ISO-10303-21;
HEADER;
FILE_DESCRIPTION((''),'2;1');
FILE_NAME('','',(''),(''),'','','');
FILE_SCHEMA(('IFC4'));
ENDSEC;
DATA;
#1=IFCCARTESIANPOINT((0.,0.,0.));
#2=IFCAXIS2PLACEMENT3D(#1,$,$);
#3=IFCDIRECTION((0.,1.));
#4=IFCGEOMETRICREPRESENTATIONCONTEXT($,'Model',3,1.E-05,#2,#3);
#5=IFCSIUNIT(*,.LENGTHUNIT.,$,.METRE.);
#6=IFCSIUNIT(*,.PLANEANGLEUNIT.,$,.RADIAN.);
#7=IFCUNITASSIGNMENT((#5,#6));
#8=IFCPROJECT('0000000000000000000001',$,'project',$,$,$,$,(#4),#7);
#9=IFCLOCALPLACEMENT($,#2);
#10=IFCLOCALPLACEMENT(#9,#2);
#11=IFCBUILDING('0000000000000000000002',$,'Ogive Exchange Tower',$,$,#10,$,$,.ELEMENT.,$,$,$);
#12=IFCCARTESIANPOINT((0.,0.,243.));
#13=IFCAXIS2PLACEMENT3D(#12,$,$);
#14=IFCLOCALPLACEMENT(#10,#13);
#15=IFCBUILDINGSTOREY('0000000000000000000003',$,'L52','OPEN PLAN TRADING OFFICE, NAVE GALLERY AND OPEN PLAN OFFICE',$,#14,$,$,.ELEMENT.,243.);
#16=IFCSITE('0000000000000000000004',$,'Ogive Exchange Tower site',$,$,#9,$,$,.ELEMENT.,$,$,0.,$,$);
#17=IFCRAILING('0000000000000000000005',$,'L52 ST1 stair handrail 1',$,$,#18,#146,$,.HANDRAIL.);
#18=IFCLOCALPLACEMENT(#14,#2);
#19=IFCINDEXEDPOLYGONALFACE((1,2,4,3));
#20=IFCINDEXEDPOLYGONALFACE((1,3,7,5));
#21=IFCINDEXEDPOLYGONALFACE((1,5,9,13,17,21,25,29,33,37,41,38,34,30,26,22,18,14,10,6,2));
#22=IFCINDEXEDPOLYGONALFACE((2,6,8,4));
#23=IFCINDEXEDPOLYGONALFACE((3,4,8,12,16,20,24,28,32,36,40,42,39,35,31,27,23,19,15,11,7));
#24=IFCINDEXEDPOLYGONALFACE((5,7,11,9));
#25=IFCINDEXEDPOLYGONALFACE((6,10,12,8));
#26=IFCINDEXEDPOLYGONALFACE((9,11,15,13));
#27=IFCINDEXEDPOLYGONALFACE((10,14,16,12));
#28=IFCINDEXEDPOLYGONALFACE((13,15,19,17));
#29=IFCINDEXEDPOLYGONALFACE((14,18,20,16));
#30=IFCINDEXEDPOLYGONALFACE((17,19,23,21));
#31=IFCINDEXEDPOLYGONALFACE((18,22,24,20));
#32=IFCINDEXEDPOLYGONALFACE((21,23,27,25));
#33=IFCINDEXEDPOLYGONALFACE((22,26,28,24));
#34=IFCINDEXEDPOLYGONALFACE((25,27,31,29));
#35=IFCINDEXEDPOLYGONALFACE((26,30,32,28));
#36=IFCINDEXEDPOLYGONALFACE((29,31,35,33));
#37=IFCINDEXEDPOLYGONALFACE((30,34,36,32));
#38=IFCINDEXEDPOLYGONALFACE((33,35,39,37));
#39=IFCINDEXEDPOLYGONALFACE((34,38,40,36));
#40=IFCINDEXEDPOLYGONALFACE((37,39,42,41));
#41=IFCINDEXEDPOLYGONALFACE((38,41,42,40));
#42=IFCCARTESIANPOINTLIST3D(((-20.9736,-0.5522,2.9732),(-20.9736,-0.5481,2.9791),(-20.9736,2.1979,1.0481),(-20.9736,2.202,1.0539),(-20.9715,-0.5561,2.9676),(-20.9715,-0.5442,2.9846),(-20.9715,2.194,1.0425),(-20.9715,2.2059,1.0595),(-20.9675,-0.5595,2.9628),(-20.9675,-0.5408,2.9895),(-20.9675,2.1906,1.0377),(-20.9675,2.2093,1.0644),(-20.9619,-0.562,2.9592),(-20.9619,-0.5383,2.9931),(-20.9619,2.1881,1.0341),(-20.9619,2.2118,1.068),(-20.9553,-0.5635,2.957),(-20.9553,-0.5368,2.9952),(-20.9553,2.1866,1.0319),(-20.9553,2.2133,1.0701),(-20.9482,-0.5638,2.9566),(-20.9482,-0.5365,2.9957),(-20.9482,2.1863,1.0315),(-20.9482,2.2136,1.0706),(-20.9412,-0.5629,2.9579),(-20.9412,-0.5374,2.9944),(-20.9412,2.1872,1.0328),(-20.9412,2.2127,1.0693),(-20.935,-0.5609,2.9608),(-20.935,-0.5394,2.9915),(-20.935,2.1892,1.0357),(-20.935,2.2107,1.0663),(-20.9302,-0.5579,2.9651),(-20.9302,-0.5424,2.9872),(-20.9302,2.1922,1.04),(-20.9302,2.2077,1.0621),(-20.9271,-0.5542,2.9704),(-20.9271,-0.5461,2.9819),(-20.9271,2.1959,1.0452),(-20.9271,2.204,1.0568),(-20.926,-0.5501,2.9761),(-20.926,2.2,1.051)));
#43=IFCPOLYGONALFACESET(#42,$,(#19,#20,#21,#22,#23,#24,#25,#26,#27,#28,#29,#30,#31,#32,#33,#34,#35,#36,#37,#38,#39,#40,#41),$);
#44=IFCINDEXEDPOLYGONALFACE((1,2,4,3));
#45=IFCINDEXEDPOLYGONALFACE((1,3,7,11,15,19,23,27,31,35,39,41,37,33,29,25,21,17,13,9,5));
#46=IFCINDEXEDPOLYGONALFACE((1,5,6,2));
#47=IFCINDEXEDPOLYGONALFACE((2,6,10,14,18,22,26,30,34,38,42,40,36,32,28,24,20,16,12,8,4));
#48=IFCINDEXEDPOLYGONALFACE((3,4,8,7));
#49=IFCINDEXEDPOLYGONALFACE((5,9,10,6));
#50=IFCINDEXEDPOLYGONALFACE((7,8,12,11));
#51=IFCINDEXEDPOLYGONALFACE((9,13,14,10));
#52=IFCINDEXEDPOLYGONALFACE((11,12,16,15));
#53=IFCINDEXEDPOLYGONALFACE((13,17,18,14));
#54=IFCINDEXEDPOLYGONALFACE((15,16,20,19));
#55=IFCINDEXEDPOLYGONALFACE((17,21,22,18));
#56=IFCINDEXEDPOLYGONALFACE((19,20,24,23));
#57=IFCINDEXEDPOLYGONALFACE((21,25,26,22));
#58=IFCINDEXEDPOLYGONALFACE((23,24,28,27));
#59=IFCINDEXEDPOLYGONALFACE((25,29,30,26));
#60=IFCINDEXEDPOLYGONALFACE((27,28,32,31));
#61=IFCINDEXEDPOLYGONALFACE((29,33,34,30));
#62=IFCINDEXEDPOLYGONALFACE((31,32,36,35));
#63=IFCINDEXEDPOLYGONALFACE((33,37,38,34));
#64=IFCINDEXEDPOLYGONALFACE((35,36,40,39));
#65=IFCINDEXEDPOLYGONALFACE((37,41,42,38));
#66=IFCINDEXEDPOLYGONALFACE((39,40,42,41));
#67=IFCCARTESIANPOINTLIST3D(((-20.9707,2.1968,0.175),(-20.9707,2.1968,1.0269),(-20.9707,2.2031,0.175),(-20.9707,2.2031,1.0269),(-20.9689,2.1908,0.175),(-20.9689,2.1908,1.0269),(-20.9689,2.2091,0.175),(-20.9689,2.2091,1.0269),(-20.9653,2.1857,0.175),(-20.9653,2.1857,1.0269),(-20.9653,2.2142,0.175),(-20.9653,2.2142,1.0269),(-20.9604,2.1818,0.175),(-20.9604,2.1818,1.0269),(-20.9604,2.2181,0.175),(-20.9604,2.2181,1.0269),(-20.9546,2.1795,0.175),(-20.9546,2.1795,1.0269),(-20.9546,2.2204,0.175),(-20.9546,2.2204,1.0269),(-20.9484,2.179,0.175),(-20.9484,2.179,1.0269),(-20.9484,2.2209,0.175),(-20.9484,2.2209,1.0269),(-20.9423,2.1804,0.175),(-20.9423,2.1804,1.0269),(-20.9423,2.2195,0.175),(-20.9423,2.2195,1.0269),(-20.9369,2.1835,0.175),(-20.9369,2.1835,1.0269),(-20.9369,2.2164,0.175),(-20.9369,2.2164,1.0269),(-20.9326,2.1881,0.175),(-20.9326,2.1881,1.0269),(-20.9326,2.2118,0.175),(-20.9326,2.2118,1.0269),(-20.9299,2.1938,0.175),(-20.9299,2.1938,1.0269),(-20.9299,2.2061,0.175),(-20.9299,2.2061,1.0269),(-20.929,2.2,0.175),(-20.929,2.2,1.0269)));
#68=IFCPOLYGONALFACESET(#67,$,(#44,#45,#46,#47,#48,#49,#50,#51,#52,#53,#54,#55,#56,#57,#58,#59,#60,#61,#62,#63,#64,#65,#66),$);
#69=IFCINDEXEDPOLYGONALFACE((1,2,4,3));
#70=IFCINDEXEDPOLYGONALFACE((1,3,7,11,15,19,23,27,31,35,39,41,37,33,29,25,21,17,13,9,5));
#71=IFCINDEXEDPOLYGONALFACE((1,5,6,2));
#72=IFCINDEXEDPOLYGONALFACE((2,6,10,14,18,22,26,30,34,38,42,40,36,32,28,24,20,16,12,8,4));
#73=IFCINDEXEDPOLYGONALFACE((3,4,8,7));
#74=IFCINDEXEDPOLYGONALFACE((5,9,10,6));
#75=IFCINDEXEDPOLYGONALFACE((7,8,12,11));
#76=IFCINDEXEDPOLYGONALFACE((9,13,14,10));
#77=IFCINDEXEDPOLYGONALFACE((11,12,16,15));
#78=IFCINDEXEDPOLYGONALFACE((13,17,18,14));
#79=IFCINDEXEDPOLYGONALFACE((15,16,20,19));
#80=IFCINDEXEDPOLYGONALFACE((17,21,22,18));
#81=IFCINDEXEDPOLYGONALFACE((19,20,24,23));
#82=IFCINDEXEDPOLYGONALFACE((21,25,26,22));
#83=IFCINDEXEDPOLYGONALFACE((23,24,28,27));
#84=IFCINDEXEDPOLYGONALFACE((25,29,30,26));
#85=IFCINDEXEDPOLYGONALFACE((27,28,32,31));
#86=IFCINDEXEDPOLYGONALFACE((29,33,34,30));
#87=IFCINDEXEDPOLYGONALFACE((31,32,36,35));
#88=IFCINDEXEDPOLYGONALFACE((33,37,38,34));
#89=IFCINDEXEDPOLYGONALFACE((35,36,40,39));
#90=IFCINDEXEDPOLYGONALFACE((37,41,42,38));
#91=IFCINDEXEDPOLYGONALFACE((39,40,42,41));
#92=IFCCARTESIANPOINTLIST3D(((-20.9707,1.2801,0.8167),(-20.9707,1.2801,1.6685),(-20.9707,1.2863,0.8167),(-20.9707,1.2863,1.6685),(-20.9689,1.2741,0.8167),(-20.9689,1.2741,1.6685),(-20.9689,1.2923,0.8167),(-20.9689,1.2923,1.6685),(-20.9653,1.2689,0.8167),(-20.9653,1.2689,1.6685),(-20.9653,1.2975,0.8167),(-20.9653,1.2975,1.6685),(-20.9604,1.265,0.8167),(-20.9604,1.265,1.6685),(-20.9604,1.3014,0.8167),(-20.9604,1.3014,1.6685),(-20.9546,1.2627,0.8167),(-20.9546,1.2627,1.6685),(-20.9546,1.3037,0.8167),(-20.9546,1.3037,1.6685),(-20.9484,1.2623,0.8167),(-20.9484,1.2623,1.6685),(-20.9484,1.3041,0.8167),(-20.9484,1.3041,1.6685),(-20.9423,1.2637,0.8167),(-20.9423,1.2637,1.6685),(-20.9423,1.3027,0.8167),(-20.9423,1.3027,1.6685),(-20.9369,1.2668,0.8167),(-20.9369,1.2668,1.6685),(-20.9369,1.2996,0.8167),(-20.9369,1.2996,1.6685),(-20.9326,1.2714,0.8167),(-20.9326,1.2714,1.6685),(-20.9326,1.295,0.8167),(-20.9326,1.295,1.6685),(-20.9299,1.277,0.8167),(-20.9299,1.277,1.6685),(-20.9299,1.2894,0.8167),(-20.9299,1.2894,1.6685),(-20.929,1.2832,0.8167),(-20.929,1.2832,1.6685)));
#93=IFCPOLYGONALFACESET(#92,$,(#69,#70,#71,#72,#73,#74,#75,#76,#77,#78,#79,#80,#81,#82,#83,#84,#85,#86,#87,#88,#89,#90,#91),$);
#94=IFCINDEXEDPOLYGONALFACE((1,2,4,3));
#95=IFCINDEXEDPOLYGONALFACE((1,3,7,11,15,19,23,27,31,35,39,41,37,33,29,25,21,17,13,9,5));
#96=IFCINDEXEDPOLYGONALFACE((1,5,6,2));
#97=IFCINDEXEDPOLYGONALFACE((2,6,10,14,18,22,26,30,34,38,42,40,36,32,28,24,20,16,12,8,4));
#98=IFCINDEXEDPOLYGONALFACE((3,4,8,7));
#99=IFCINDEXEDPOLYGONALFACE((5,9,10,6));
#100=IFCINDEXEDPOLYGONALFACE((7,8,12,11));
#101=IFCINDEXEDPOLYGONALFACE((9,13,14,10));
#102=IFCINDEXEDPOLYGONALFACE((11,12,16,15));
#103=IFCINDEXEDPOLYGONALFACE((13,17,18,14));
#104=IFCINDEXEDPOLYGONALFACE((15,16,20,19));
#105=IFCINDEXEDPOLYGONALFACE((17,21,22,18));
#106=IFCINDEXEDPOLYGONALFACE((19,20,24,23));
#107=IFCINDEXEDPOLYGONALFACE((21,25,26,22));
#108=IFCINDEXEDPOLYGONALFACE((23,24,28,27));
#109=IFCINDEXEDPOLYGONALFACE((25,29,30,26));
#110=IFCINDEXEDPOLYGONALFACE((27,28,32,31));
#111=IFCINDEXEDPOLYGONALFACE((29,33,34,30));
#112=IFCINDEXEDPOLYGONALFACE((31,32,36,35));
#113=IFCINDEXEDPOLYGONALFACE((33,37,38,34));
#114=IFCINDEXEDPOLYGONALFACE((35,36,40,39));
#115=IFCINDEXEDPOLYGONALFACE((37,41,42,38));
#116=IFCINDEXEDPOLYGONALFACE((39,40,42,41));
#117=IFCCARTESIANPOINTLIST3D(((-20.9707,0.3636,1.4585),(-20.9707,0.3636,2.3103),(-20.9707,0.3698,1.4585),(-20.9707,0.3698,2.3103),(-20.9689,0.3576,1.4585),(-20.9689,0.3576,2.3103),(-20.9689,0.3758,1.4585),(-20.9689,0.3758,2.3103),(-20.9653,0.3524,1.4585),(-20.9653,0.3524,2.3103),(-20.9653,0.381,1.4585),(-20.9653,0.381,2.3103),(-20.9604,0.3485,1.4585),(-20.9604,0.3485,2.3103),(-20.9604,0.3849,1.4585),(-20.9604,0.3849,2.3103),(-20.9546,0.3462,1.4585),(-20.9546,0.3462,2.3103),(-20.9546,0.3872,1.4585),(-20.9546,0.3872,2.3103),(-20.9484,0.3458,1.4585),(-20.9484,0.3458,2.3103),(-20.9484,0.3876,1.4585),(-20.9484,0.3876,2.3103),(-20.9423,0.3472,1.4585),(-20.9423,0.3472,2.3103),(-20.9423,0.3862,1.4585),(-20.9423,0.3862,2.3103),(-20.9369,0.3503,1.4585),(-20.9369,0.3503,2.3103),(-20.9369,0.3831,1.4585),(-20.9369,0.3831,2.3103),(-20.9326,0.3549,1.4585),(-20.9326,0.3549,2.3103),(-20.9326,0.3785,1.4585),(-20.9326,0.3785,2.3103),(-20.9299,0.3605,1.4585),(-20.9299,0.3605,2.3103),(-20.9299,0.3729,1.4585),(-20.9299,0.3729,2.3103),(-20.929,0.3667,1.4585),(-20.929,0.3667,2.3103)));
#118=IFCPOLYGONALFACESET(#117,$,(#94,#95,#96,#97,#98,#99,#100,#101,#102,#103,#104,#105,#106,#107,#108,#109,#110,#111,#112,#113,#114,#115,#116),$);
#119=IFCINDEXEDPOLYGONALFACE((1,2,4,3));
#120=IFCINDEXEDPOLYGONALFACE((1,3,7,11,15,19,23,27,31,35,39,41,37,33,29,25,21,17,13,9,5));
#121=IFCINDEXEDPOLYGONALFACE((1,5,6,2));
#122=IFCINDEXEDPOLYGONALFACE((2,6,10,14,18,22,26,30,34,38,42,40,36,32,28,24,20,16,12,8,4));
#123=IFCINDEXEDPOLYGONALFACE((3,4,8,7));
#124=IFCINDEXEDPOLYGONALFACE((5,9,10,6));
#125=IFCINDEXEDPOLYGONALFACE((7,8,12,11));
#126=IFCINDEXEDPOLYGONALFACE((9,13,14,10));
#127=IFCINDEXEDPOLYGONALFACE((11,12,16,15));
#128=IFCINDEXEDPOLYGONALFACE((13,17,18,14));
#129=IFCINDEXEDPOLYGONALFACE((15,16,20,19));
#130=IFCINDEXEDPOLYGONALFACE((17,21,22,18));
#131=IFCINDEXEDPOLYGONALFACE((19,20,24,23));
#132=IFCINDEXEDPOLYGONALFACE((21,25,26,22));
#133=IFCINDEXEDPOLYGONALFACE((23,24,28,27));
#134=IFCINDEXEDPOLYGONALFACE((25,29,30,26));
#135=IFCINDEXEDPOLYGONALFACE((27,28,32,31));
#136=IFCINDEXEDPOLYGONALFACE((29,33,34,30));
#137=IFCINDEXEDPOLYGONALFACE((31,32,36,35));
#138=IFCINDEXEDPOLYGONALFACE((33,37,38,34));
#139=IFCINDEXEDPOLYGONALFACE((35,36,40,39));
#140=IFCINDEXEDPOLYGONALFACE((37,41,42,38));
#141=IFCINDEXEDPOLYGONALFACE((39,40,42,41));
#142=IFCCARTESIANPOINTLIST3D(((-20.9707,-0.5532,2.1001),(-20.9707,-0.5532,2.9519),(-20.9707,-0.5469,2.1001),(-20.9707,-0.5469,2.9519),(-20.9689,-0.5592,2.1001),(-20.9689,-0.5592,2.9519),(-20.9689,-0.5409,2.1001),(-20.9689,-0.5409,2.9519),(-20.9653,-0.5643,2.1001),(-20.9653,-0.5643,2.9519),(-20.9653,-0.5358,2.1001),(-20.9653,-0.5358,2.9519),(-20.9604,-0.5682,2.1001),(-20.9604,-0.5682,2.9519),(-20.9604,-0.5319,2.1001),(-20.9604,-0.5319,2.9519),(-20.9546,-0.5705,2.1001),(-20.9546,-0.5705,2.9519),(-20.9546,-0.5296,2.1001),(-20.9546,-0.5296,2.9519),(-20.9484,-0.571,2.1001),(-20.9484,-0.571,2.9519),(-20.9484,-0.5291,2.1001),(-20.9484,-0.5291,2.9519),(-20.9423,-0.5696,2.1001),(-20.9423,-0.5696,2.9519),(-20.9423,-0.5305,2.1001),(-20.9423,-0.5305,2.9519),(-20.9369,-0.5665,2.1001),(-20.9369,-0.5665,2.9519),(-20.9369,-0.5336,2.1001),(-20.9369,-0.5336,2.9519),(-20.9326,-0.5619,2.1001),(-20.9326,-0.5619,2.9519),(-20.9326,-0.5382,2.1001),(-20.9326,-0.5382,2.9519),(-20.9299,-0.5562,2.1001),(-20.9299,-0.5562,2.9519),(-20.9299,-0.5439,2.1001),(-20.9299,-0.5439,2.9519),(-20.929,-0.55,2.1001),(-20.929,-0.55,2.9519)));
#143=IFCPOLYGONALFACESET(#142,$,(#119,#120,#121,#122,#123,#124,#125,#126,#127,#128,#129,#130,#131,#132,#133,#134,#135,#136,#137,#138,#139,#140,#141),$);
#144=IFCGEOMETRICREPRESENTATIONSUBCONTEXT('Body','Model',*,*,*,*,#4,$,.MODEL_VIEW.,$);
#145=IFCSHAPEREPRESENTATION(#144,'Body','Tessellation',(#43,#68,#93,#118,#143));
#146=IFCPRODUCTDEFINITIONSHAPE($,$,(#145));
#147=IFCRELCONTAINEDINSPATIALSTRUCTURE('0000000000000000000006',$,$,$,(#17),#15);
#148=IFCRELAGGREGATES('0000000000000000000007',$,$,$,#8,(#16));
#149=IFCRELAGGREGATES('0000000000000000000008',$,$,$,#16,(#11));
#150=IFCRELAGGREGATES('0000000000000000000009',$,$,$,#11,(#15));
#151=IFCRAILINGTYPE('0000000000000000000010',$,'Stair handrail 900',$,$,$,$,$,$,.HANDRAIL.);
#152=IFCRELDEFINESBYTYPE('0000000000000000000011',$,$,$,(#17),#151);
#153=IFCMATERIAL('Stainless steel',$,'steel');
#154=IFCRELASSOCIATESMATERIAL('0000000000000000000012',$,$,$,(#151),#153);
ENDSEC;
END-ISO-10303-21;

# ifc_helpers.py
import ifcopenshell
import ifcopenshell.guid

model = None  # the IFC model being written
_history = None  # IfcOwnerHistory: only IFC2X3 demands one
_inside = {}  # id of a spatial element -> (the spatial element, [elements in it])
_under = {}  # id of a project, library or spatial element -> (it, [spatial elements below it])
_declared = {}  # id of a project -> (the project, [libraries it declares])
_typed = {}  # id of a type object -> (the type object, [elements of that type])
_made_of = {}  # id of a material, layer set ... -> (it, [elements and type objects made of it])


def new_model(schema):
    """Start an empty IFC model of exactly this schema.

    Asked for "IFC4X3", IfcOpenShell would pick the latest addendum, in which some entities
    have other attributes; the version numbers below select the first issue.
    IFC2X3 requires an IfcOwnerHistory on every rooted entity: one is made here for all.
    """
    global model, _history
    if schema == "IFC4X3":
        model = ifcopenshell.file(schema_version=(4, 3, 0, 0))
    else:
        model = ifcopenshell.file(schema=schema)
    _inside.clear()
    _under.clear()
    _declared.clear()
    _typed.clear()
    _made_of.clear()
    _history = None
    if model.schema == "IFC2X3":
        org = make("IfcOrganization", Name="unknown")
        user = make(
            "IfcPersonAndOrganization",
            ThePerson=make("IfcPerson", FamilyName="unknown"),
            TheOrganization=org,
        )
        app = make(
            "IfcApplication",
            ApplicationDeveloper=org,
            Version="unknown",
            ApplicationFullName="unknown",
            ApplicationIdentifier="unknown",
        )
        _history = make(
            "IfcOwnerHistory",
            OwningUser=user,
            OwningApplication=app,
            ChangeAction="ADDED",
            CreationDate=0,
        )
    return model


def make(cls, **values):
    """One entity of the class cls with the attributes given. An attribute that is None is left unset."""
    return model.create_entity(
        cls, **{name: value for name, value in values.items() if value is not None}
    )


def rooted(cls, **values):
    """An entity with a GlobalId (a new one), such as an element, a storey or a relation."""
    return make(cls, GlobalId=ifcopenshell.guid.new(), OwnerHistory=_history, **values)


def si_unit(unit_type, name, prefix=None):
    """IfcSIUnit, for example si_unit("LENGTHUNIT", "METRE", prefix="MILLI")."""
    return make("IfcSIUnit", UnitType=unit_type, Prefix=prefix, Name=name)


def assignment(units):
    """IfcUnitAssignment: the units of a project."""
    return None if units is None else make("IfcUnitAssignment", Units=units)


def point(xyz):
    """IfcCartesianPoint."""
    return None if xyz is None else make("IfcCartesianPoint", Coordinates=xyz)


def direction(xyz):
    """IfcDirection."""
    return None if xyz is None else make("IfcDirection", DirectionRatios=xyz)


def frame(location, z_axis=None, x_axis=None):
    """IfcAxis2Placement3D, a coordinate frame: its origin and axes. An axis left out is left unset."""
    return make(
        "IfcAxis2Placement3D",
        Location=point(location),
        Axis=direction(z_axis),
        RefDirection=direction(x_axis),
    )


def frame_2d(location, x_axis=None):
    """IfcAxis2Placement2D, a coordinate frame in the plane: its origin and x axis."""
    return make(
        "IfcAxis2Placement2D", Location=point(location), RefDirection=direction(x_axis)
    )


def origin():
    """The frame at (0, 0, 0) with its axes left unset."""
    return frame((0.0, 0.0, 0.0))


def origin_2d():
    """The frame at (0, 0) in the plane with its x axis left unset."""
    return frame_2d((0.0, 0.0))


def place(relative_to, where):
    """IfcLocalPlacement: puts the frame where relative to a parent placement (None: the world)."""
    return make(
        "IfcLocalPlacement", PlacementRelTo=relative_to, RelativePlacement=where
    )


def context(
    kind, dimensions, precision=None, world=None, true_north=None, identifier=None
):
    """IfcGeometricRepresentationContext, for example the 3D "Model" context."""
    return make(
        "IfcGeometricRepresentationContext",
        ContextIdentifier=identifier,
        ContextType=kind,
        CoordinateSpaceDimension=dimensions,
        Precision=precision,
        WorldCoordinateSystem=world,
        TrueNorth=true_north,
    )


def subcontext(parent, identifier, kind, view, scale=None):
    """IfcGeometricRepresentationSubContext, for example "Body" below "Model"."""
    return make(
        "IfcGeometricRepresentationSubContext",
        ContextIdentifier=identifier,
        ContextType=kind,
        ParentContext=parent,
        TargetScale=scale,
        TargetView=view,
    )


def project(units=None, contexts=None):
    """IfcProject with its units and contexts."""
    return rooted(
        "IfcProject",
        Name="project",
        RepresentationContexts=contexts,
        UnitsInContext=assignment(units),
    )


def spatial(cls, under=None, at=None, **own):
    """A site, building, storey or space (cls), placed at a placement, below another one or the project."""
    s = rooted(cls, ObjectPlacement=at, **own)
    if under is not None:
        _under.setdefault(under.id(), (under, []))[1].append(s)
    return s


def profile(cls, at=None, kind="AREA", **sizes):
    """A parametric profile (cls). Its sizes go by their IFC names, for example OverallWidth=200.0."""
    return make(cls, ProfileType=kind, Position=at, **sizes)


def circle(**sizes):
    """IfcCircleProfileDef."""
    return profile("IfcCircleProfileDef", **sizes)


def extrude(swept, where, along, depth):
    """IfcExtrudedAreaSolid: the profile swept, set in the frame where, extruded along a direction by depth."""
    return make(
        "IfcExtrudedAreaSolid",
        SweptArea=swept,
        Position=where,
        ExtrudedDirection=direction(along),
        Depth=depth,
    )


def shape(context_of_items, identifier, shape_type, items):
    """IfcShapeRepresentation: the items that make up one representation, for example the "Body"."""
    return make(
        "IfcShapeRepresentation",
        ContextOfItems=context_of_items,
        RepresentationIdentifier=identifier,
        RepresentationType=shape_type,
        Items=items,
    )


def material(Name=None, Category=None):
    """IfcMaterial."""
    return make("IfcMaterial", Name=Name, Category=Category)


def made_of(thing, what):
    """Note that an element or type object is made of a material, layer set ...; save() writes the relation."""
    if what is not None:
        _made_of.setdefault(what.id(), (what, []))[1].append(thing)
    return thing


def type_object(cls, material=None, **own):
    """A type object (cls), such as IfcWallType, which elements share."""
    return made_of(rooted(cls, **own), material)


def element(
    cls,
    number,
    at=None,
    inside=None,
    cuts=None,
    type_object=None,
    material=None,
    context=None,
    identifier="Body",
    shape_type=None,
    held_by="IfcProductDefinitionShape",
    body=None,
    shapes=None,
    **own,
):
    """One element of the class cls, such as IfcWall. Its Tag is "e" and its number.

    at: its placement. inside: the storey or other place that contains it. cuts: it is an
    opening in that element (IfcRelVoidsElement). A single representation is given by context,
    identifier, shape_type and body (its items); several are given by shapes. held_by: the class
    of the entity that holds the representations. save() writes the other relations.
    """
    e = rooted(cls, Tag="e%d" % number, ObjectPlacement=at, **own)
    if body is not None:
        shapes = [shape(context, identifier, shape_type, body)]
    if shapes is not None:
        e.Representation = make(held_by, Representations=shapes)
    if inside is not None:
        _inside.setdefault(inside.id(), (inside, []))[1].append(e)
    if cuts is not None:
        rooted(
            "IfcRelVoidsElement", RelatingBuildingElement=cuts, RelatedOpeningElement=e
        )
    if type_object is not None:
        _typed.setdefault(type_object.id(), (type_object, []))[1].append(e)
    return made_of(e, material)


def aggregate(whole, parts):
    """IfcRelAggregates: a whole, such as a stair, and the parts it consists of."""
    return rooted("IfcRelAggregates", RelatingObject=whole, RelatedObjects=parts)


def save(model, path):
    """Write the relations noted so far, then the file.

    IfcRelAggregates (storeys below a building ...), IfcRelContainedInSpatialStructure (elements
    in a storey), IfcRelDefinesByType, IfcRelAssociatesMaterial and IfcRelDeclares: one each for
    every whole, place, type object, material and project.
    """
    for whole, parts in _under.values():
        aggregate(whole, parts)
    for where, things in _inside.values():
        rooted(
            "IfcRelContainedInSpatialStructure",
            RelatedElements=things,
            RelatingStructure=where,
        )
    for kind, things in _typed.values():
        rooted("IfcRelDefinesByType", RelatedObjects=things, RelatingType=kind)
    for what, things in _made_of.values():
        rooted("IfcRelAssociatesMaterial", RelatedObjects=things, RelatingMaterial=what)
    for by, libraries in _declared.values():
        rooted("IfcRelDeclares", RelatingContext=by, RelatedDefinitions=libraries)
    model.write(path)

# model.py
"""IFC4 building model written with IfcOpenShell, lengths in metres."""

from ifc_helpers import new_model, si_unit, direction, frame, origin, origin_2d, place, context, subcontext, project, spatial, circle, extrude, material, type_object, element, save


model = new_model("IFC4")

# Units and contexts
model_context = context("Model", 3, precision=1e-05, world=origin(), true_north=direction((0.0, 1.0)))
body_context = subcontext(model_context, "Body", "Model", "MODEL_VIEW")
ifc_project = project(units=[si_unit("LENGTHUNIT", "METRE"), si_unit("PLANEANGLEUNIT", "RADIAN")], contexts=[model_context])

# Site, building, storey
site_placement = place(None, origin())
site = spatial("IfcSite", under=ifc_project, at=site_placement, Name="Ogive Exchange Tower site", CompositionType="ELEMENT", RefElevation=0.0)
building_placement = place(site_placement, origin())
building = spatial("IfcBuilding", under=site, at=building_placement, Name="Ogive Exchange Tower", CompositionType="ELEMENT")
storey_placement = place(building_placement, frame((0.0, 0.0, 243.0)))
storey = spatial("IfcBuildingStorey", under=building, at=storey_placement, Name="L52", Description="OPEN PLAN TRADING OFFICE, NAVE GALLERY AND OPEN PLAN OFFICE", CompositionType="ELEMENT", Elevation=243.0)

# Railing
ifc_material_1 = material(Name="Stainless steel", Category="steel")
railing_type = type_object("IfcRailingType", Name="Stair handrail 900", PredefinedType="HANDRAIL", material=ifc_material_1)
railing_placement = place(storey_placement, frame((-20.95, 2.2, 0.175)))
element("IfcRailing", 1, at=railing_placement, inside=storey, type_object=railing_type, Name="L52 ST1 stair handrail 1", PredefinedType="HANDRAIL", context=body_context, shape_type="SweptSolid", body=[
    extrude(circle(Radius=0.0239, at=origin_2d()), frame((0.0, 0.0, 0.876), z_axis=(0.0, -0.819225, 0.573472), x_axis=(1.0, 0.0, 0.0)), (0.0, 0.0, 1.0), 3.3569),
    extrude(circle(Radius=0.021, at=origin_2d()), origin(), (0.0, 0.0, 1.0), 0.8518),
    extrude(circle(Radius=0.021, at=origin_2d()), frame((0.0, -0.9167, 0.6416)), (0.0, 0.0, 1.0), 0.8518),
    extrude(circle(Radius=0.021, at=origin_2d()), frame((0.0, -1.8333, 1.2834)), (0.0, 0.0, 1.0), 0.8518),
    extrude(circle(Radius=0.021, at=origin_2d()), frame((0.0, -2.75, 1.925)), (0.0, 0.0, 1.0), 0.8518),
])

save(model, "model.ifc")
